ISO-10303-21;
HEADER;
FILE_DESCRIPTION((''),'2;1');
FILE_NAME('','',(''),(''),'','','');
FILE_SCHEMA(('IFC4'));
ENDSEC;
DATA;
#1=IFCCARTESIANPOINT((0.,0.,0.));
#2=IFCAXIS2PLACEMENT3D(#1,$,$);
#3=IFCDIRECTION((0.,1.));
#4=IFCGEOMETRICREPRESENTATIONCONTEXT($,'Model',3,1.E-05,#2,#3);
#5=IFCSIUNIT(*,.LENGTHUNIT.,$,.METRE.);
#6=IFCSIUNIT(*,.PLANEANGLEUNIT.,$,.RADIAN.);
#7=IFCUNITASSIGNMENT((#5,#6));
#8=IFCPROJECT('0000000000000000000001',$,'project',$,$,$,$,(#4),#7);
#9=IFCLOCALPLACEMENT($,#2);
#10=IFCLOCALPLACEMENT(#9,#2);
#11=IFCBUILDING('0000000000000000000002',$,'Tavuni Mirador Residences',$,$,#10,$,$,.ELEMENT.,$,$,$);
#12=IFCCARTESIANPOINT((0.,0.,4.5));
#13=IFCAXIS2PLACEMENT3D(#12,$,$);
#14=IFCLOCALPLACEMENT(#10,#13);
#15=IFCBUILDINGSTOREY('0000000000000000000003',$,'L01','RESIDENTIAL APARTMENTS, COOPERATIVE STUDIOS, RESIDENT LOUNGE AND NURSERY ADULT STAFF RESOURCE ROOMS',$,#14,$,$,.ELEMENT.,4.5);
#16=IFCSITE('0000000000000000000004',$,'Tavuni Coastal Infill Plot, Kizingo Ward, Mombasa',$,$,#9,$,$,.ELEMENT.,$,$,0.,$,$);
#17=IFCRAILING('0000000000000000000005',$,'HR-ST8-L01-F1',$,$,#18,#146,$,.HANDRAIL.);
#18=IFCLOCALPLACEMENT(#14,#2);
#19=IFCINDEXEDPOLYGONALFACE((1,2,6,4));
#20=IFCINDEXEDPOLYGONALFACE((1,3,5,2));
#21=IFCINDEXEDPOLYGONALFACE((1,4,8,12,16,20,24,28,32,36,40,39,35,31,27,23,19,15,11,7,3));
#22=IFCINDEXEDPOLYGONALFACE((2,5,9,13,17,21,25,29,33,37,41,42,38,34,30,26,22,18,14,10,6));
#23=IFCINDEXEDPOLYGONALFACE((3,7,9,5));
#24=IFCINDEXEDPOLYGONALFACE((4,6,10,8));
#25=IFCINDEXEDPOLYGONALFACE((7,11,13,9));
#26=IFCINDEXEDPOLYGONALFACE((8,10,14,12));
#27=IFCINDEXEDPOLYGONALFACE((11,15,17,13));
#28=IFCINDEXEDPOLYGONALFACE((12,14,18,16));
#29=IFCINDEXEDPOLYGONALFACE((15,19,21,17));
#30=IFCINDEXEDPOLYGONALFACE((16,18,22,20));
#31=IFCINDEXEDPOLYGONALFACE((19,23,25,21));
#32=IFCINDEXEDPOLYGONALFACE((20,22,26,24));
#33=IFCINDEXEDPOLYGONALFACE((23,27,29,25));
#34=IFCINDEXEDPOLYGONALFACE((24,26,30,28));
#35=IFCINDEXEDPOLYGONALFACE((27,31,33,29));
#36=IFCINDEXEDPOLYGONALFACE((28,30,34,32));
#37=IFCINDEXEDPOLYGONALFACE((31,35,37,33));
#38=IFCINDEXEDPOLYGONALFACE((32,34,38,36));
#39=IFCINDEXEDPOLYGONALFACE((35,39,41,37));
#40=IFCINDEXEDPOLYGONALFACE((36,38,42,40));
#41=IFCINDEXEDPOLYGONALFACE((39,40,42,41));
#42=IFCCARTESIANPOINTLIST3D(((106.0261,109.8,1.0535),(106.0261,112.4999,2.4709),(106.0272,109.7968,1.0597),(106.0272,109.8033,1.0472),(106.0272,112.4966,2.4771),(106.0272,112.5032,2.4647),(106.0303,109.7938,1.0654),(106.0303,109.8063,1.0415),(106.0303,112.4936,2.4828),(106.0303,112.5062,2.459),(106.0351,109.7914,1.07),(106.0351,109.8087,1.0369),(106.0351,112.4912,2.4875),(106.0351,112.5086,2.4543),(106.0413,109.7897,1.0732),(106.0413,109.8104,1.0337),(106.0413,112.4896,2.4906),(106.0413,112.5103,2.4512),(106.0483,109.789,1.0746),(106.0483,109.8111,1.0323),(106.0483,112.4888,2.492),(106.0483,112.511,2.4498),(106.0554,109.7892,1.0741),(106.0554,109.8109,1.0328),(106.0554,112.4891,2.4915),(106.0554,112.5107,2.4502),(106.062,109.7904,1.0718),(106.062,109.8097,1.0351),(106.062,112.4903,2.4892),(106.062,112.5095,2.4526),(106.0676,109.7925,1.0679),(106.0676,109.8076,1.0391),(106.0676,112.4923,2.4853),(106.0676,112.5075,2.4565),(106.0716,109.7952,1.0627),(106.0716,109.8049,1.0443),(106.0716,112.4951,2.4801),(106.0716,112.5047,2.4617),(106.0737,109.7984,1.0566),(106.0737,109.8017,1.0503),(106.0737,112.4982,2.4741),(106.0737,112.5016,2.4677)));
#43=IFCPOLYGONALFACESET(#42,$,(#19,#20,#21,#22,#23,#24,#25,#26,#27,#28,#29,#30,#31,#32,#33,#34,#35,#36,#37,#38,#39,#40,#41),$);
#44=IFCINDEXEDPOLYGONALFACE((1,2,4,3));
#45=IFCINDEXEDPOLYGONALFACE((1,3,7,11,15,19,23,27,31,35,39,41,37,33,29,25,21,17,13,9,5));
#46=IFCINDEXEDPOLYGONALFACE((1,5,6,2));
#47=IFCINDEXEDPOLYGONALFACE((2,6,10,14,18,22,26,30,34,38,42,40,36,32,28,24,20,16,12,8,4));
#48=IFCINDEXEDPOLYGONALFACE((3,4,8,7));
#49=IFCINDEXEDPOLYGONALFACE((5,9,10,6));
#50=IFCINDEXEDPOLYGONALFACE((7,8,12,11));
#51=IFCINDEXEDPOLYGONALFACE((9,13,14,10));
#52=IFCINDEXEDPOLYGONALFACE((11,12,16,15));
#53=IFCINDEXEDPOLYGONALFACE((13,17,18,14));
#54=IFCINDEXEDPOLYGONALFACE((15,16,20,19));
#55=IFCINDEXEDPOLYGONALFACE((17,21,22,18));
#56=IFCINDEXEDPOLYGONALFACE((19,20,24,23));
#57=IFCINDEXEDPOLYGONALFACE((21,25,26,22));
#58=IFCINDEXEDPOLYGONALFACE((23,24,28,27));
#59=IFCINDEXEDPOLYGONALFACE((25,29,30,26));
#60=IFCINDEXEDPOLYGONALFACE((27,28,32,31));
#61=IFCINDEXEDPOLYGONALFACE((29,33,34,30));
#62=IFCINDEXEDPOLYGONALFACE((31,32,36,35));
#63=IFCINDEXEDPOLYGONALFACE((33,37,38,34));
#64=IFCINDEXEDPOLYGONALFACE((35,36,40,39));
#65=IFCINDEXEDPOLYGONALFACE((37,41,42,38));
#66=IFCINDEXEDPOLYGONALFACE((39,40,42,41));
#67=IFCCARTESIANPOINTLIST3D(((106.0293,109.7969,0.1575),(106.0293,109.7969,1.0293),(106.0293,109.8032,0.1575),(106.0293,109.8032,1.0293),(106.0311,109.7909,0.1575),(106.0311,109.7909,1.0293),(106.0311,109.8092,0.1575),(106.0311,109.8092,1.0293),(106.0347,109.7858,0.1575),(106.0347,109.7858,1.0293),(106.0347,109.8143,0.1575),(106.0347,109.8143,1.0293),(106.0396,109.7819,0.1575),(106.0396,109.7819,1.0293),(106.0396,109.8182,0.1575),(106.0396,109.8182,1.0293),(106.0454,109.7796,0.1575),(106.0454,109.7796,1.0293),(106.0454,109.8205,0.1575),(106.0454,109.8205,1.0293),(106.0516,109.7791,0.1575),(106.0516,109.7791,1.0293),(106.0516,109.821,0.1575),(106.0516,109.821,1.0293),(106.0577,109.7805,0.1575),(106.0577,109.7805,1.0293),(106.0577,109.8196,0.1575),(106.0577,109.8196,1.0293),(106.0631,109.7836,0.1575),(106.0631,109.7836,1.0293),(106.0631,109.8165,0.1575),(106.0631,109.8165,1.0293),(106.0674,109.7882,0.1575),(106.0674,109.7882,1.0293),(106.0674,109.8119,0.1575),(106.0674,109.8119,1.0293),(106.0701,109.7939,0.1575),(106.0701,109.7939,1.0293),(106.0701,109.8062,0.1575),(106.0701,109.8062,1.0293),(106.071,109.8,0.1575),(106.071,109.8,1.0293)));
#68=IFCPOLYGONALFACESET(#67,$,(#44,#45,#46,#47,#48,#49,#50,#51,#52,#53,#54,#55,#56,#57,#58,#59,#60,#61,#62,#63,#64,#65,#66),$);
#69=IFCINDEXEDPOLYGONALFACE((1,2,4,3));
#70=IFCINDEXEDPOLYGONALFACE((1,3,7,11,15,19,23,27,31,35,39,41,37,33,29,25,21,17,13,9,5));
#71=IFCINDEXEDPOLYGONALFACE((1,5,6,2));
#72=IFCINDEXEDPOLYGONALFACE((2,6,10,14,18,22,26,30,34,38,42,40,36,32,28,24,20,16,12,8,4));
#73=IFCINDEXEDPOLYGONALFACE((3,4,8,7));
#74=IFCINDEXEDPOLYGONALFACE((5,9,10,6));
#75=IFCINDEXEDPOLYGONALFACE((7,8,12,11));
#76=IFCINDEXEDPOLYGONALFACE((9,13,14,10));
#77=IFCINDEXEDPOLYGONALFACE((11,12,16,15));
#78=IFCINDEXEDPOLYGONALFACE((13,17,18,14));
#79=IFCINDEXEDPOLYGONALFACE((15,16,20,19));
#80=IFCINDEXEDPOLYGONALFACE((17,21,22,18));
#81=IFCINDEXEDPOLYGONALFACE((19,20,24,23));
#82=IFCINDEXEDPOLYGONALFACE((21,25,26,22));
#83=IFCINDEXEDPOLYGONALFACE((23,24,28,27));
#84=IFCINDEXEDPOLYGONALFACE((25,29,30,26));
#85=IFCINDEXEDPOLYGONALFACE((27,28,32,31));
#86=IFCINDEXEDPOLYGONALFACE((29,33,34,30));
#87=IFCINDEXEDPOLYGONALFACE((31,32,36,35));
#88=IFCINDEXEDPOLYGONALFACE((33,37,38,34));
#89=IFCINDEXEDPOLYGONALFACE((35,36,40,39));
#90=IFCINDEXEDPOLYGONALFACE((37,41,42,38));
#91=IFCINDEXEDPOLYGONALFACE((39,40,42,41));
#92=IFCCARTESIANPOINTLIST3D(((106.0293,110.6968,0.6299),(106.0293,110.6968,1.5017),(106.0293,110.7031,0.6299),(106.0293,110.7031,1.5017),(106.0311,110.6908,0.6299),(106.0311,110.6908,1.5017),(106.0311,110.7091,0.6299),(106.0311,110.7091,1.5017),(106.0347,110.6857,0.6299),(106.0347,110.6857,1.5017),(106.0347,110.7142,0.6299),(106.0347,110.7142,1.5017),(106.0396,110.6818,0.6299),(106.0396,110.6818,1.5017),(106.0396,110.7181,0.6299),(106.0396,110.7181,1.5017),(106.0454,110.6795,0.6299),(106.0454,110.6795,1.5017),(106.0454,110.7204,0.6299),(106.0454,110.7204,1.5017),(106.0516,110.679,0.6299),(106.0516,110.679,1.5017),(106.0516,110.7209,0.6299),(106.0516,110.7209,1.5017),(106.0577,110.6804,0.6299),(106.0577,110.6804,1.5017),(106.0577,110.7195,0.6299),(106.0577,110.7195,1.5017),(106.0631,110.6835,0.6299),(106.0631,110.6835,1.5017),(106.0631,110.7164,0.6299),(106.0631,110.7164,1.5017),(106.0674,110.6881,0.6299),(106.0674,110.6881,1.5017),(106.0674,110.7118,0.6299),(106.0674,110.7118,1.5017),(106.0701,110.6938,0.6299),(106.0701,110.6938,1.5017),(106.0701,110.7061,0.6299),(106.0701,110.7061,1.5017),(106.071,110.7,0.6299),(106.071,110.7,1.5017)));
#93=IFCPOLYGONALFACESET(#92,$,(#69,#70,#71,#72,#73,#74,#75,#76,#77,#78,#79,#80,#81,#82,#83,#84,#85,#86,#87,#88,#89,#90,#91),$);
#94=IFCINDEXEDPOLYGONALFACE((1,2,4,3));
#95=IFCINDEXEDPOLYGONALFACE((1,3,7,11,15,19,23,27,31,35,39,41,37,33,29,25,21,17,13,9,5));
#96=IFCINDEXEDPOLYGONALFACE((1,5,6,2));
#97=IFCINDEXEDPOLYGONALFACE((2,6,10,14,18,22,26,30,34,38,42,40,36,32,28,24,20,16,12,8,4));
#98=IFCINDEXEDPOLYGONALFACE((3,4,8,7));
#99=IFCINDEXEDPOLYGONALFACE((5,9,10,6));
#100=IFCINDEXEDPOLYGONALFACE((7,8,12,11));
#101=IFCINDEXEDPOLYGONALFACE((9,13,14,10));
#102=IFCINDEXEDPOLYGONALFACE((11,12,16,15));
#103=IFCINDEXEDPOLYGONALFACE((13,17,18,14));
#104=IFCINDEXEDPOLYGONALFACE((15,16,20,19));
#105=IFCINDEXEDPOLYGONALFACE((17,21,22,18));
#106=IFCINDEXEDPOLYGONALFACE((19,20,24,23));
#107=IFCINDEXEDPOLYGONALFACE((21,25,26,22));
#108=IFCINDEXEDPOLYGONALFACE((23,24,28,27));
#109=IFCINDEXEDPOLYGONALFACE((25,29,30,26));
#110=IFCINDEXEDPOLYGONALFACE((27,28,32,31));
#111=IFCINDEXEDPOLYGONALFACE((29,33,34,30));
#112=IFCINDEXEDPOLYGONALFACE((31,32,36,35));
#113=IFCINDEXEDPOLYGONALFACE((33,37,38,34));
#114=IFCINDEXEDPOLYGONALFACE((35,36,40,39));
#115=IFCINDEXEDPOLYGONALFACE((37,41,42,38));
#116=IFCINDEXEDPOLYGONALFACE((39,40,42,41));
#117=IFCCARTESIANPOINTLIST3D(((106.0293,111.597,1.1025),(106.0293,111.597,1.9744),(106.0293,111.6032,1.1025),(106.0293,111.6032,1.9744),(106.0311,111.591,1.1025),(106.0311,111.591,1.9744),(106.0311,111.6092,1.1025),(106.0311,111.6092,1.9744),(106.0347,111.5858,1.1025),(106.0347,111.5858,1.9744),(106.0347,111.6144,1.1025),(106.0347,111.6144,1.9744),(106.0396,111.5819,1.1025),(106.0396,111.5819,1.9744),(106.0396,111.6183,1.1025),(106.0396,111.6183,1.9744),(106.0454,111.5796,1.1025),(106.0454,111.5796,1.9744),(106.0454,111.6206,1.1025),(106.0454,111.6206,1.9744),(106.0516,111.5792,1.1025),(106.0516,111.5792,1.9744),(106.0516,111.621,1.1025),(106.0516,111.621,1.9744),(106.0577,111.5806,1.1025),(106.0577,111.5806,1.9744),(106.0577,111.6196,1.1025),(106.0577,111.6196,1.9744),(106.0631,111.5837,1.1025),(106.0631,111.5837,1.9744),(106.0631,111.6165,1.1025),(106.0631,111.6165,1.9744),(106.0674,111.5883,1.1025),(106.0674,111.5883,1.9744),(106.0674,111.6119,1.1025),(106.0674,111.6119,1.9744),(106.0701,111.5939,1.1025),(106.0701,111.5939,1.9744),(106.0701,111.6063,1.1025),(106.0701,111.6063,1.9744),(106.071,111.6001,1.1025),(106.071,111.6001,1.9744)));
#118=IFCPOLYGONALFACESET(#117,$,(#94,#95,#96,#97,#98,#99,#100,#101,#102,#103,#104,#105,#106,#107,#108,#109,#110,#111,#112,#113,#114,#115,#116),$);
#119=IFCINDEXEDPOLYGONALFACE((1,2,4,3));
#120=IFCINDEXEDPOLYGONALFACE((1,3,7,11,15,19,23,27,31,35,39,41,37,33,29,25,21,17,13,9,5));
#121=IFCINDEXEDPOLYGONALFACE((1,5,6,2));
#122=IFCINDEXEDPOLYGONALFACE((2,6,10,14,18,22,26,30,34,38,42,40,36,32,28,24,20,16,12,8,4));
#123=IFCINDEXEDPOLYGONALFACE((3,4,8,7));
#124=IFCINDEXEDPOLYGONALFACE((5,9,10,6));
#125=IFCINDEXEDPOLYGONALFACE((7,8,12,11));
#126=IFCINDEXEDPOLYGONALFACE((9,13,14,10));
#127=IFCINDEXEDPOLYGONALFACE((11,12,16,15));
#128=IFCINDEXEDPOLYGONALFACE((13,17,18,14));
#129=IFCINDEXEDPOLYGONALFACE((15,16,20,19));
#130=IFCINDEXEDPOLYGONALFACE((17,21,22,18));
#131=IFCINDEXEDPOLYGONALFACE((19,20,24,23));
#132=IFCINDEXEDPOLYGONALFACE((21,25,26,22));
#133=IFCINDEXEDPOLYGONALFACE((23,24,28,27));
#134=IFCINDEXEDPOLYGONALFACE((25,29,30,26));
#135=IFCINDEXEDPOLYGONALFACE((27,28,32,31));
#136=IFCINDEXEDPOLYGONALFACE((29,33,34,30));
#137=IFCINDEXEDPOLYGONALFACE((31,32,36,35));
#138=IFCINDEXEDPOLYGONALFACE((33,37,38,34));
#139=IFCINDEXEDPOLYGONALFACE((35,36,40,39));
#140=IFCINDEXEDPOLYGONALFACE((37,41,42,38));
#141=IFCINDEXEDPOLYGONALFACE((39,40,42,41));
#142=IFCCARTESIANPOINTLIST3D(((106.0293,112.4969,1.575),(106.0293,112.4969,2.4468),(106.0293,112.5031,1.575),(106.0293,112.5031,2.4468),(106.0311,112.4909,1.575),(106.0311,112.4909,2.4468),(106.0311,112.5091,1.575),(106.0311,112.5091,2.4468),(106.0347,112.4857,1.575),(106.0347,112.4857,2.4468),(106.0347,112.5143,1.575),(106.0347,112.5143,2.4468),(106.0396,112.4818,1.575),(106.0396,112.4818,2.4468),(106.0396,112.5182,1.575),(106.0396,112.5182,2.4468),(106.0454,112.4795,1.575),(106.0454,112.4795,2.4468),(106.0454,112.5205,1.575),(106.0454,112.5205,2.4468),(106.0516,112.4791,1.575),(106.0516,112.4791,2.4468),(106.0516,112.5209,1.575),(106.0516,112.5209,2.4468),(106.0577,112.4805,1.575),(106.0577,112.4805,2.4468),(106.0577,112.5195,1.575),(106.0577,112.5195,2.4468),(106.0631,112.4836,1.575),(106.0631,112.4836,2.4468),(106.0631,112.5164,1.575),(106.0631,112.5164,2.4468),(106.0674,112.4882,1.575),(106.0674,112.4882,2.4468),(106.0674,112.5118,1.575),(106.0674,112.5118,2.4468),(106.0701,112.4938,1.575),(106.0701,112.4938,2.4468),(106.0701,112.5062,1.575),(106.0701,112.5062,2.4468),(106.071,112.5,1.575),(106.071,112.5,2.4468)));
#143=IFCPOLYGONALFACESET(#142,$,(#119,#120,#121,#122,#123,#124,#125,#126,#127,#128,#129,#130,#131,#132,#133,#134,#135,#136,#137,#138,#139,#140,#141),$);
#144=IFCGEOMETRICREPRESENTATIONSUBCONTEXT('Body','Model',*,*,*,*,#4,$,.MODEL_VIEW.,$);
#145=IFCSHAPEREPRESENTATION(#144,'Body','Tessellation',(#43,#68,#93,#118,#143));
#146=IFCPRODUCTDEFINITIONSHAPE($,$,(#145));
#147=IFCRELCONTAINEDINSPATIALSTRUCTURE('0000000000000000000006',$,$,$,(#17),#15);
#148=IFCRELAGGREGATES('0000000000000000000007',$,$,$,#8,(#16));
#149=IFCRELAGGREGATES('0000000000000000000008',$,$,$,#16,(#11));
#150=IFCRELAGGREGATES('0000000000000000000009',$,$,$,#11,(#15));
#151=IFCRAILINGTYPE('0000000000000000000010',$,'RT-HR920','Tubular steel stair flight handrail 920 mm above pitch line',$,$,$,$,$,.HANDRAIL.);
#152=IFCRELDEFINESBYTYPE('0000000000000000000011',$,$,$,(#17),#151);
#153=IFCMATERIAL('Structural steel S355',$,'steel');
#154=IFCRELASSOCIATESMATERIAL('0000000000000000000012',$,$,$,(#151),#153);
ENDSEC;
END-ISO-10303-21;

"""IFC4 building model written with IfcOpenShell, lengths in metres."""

from ifc_helpers import new_model, si_unit, direction, frame, origin, origin_2d, place, context, subcontext, project, spatial, circle, extrude, material, type_object, element, save


model = new_model("IFC4")

# Units and contexts
model_context = context("Model", 3, precision=1e-05, world=origin(), true_north=direction((0.0, 1.0)))
body_context = subcontext(model_context, "Body", "Model", "MODEL_VIEW")
ifc_project = project(units=[si_unit("LENGTHUNIT", "METRE"), si_unit("PLANEANGLEUNIT", "RADIAN")], contexts=[model_context])

# Site, building, storey
site_placement = place(None, origin())
site = spatial("IfcSite", under=ifc_project, at=site_placement, Name="Tavuni Coastal Infill Plot, Kizingo Ward, Mombasa", CompositionType="ELEMENT", RefElevation=0.0)
building_placement = place(site_placement, origin())
building = spatial("IfcBuilding", under=site, at=building_placement, Name="Tavuni Mirador Residences", CompositionType="ELEMENT")
storey_placement = place(building_placement, frame((0.0, 0.0, 4.5)))
storey = spatial("IfcBuildingStorey", under=building, at=storey_placement, Name="L01", Description="RESIDENTIAL APARTMENTS, COOPERATIVE STUDIOS, RESIDENT LOUNGE AND NURSERY ADULT STAFF RESOURCE ROOMS", CompositionType="ELEMENT", Elevation=4.5)

# Shared definitions
ifc_material_1 = material(Name="Structural steel S355", Category="steel")

# Railing
railing_type_1 = type_object("IfcRailingType", Name="RT-HR920", Description="Tubular steel stair flight handrail 920 mm above pitch line", PredefinedType="HANDRAIL", material=ifc_material_1)
railing_1_placement = place(storey_placement, frame((106.05, 109.8, 0.1575)))
element("IfcRailing", 1, at=railing_1_placement, inside=storey, type_object=railing_type_1, Name="HR-ST8-L01-F1", PredefinedType="HANDRAIL", context=body_context, shape_type="SweptSolid", body=[
    extrude(circle(Radius=0.0239, at=origin_2d()), frame((0.0, 0.0, 0.896), z_axis=(0.0, 0.885397, 0.464835), x_axis=(-1.0, 0.0, 0.0)), (0.0, 0.0, 1.0), 3.0493),
    extrude(circle(Radius=0.021, at=origin_2d()), origin(), (0.0, 0.0, 1.0), 0.8718),
    extrude(circle(Radius=0.021, at=origin_2d()), frame((0.0, 0.8999, 0.4724)), (0.0, 0.0, 1.0), 0.8718),
    extrude(circle(Radius=0.021, at=origin_2d()), frame((0.0, 1.8, 0.9451)), (0.0, 0.0, 1.0), 0.8718),
    extrude(circle(Radius=0.021, at=origin_2d()), frame((0.0, 2.7, 1.4175)), (0.0, 0.0, 1.0), 0.8718),
])

save(model, "model.ifc")
